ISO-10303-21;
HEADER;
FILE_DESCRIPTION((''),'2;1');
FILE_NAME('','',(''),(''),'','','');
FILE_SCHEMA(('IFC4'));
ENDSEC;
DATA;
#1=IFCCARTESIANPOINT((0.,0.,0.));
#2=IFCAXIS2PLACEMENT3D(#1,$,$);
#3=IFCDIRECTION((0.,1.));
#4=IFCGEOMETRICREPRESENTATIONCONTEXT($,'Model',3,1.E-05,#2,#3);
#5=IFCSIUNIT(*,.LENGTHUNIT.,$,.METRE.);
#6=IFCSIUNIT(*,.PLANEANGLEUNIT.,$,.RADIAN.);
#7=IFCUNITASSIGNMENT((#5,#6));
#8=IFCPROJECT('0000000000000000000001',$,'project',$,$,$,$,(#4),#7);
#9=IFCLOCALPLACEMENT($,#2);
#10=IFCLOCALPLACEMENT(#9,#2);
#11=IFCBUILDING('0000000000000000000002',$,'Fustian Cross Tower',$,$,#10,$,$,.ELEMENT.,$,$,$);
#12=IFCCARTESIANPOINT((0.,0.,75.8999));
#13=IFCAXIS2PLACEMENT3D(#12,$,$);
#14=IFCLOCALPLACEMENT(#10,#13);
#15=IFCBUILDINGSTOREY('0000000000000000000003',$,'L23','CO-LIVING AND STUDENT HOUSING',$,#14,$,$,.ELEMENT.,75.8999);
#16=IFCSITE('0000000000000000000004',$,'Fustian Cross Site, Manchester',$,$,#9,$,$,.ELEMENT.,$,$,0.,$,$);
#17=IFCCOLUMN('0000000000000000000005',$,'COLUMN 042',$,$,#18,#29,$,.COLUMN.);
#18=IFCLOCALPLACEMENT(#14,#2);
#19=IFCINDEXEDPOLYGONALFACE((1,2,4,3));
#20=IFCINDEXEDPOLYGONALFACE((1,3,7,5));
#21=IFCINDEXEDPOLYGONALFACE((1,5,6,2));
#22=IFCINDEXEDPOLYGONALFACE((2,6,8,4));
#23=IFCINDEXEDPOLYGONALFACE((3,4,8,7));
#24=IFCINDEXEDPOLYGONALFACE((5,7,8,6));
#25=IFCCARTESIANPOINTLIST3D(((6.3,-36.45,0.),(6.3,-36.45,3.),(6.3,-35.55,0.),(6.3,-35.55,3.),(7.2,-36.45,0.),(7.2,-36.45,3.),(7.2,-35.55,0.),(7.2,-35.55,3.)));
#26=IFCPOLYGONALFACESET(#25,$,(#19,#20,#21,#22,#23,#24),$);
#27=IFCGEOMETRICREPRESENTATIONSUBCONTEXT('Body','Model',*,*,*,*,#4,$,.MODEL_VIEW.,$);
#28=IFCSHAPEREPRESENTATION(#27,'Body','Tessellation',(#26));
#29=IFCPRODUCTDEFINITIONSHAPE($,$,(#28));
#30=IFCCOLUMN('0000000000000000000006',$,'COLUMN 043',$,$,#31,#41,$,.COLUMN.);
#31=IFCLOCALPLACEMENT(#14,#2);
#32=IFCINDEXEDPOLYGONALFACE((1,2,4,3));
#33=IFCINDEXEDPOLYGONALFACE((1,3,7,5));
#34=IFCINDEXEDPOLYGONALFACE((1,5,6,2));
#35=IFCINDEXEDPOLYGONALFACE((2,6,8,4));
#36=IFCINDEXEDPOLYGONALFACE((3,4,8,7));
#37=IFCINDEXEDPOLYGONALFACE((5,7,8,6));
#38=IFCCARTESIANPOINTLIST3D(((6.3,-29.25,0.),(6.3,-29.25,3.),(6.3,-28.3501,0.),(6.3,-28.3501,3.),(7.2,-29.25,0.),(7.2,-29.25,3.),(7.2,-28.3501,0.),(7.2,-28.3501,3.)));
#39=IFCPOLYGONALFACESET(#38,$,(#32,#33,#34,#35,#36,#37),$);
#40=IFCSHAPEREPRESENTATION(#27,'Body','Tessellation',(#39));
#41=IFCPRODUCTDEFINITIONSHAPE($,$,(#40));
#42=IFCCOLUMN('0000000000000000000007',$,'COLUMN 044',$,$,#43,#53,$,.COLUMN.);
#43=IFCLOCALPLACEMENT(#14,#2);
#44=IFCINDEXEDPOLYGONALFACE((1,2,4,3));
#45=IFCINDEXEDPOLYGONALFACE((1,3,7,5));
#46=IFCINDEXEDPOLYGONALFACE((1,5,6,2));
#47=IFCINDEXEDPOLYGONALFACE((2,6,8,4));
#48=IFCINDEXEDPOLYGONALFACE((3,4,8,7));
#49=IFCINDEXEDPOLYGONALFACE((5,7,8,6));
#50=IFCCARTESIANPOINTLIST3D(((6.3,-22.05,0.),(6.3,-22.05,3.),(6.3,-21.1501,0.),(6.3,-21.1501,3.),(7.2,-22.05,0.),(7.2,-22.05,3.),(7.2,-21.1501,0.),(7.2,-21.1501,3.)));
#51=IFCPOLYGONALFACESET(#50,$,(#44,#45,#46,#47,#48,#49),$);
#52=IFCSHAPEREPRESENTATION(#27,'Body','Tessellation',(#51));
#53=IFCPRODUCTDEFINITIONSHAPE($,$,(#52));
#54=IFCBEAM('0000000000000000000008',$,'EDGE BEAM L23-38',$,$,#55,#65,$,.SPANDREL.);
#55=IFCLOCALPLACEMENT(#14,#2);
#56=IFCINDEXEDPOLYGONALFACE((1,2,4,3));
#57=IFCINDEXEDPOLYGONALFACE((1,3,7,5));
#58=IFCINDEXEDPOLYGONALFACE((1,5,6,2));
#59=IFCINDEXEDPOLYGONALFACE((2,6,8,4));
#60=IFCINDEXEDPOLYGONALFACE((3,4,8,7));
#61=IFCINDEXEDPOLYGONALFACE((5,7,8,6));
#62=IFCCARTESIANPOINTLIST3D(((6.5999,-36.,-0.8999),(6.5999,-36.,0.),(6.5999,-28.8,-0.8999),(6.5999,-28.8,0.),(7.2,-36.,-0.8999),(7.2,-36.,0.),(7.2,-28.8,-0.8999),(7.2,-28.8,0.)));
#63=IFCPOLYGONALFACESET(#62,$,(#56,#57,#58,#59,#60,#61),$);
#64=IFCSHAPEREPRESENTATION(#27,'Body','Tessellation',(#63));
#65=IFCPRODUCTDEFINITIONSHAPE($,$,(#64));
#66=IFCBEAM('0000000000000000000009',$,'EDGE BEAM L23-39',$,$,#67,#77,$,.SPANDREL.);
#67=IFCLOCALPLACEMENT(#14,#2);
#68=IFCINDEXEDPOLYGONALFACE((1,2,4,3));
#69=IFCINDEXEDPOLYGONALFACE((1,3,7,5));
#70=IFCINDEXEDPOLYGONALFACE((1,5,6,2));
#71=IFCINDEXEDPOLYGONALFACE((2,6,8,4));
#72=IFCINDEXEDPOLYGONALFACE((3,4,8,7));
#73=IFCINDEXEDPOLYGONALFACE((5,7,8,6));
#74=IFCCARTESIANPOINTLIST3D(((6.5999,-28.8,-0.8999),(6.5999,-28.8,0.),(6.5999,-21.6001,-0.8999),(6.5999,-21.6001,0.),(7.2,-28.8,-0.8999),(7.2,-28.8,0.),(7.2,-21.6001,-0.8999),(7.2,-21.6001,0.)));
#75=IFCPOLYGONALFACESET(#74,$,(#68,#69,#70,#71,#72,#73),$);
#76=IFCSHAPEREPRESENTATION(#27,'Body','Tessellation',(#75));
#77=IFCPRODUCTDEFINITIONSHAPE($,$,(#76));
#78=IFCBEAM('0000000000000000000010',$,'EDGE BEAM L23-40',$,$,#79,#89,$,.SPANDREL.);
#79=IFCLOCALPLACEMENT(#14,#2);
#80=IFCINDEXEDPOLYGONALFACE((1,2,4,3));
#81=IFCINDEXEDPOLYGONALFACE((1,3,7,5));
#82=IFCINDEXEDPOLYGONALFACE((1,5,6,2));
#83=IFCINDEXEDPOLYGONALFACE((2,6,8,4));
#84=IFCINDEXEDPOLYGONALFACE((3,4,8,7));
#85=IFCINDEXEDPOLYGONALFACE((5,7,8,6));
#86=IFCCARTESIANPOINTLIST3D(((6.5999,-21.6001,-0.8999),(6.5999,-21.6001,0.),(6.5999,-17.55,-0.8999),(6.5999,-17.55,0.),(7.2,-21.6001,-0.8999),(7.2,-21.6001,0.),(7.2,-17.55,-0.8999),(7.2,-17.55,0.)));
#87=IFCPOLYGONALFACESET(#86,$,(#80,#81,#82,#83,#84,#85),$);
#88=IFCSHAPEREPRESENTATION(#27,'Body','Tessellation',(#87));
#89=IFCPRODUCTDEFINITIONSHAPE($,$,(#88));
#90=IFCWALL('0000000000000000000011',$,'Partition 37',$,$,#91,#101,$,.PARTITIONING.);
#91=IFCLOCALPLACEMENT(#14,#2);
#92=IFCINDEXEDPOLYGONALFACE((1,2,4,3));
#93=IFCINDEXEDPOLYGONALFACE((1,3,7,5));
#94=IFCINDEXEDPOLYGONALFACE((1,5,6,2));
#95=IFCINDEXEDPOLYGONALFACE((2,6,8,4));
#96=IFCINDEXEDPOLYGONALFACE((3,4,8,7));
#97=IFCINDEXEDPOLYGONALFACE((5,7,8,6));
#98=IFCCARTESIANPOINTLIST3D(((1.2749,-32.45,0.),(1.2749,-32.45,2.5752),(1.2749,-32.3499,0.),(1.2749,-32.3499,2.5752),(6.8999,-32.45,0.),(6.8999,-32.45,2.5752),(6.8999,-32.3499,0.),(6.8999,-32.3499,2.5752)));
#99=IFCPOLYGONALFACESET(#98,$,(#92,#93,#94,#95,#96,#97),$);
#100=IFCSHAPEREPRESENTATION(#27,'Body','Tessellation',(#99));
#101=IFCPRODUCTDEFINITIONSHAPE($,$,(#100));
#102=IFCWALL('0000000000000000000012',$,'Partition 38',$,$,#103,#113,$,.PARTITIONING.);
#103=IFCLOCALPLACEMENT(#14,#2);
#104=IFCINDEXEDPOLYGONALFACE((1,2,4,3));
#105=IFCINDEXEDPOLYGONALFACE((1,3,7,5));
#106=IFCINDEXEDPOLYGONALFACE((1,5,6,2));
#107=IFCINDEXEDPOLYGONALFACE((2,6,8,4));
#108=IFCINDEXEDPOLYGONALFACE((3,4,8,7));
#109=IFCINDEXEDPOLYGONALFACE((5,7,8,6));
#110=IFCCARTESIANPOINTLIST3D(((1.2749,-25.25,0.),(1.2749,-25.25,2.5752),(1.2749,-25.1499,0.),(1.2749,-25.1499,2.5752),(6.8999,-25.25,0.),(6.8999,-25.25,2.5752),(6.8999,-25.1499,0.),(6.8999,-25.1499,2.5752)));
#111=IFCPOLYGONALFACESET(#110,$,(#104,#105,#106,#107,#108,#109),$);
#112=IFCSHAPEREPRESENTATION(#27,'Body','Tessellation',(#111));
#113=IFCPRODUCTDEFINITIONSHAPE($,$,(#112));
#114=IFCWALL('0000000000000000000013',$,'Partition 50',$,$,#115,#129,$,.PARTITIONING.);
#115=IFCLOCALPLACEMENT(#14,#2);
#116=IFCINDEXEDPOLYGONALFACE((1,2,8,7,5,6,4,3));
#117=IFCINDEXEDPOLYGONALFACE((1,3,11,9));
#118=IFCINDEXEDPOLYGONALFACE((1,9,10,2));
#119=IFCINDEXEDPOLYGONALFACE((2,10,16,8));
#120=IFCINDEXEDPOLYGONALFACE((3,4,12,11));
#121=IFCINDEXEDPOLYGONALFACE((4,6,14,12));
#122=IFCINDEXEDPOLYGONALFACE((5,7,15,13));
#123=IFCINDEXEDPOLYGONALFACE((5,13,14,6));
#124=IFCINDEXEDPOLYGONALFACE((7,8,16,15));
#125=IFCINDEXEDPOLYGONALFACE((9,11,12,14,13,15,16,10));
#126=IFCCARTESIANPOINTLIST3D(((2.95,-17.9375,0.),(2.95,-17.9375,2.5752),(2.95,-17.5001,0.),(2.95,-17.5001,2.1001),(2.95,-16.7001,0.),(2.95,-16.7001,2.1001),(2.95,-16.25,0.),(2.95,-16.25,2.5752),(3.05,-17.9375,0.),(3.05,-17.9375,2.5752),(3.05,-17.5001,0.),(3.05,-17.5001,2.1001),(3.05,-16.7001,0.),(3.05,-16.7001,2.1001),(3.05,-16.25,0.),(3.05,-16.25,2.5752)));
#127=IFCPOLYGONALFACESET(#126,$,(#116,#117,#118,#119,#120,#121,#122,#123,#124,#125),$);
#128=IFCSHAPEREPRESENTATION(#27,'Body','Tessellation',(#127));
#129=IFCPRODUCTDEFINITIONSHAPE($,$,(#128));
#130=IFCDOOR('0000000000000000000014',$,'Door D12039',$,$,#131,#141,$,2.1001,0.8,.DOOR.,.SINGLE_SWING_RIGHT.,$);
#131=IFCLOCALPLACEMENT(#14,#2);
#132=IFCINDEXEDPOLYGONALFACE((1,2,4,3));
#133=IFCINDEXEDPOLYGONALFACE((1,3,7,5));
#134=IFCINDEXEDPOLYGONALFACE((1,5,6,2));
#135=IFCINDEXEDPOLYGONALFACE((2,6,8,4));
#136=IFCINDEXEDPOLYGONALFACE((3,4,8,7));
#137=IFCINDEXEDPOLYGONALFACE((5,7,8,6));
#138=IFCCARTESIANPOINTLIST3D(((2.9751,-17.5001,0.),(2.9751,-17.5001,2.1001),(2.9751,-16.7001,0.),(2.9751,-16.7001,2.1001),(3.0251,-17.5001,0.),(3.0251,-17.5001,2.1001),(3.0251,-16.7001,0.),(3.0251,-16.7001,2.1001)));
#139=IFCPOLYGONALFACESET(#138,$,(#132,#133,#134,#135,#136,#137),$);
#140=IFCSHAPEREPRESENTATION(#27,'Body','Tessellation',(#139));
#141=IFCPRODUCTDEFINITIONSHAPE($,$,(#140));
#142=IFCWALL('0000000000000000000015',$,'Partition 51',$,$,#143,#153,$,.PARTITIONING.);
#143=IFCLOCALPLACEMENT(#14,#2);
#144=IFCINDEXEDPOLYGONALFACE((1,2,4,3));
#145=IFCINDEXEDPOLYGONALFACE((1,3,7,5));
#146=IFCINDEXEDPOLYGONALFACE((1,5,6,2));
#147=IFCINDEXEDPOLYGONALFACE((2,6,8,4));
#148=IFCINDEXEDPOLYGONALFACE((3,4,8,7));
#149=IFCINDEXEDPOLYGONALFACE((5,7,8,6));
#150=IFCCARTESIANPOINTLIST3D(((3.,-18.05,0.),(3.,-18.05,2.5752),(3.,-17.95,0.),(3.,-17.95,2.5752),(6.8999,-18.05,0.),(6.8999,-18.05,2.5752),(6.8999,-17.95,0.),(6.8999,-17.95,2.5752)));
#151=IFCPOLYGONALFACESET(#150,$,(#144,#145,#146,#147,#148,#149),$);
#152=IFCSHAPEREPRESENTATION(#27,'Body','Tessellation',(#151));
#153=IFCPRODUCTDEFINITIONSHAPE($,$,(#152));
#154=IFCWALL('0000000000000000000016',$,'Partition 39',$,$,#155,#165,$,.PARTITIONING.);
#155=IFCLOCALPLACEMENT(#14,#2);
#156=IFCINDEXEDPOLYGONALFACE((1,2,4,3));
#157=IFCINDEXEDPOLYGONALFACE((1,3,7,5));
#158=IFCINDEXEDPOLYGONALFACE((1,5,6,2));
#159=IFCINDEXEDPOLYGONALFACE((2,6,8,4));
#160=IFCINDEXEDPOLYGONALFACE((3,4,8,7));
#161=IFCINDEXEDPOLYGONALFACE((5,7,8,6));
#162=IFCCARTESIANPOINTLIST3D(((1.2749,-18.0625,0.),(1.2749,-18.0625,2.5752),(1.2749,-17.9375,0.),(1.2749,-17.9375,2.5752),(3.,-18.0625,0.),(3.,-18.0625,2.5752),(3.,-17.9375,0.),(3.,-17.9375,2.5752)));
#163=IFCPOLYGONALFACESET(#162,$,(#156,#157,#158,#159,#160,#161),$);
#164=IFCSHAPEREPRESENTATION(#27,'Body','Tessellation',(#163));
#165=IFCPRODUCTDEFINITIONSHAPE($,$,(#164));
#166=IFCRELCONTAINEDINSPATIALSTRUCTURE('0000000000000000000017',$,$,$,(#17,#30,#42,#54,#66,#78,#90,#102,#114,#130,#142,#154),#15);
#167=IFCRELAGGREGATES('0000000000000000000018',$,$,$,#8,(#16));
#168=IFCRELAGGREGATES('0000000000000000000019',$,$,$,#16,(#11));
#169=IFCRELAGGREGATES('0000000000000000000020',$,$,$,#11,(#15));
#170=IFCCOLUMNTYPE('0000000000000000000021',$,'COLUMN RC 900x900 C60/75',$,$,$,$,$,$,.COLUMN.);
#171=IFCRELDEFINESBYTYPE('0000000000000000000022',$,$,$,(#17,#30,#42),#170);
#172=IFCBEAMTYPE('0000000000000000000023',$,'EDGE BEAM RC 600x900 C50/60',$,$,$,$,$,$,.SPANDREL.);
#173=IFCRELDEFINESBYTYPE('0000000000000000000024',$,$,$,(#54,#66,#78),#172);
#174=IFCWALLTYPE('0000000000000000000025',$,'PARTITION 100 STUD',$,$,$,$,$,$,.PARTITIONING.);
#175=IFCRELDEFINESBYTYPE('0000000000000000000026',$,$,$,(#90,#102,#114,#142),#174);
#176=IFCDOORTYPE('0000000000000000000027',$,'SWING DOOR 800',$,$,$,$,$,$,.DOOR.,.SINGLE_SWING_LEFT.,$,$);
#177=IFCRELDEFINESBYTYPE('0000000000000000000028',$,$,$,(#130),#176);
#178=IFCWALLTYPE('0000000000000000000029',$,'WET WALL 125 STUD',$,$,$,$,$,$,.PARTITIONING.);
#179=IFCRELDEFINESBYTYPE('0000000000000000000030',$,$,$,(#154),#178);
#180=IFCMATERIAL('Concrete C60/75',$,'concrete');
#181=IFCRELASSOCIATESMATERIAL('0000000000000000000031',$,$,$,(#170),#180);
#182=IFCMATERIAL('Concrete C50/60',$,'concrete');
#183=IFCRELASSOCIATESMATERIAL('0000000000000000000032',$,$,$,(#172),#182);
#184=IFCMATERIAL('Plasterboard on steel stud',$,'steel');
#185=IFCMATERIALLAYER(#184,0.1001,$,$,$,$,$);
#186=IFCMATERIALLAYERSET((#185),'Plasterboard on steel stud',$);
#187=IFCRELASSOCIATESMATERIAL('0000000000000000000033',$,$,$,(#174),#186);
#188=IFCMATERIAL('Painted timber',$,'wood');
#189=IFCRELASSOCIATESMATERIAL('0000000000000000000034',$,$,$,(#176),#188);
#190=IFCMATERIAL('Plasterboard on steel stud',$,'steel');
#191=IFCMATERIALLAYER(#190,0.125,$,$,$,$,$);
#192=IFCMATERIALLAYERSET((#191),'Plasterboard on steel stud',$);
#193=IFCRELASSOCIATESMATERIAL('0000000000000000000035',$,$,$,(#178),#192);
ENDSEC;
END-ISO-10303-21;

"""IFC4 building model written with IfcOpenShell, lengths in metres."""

from ifc_helpers import new_model, si_unit, direction, frame, frame_2d, origin, origin_2d, place, context, subcontext, project, spatial, rectangle, extrude, material, layer, layer_set, material_profile, profile_set, type_object, element, fill, save


model = new_model("IFC4")

# Units and contexts
model_context = context("Model", 3, precision=1e-05, world=origin(), true_north=direction((0.0, 1.0)))
body_context = subcontext(model_context, "Body", "Model", "MODEL_VIEW")
ifc_project = project(units=[si_unit("LENGTHUNIT", "METRE"), si_unit("PLANEANGLEUNIT", "RADIAN")], contexts=[model_context])

# Site, building, storey
site_placement = place(None, origin())
site = spatial("IfcSite", under=ifc_project, at=site_placement, Name="Fustian Cross Site, Manchester", CompositionType="ELEMENT", RefElevation=0.0)
building_placement = place(site_placement, origin())
building = spatial("IfcBuilding", under=site, at=building_placement, Name="Fustian Cross Tower", CompositionType="ELEMENT")
storey_placement = place(building_placement, frame((0.0, 0.0, 75.8999)))
storey = spatial("IfcBuildingStorey", under=building, at=storey_placement, Name="L23", Description="CO-LIVING AND STUDENT HOUSING", CompositionType="ELEMENT", Elevation=75.8999)

# Columns
ifc_material_1 = material(Name="Concrete C60/75", Category="concrete")
ifc_material_profile_1 = material_profile(ifc_material_1, rectangle(XDim=0.8999, YDim=0.8999, at=origin_2d()), Name="RC 900x900")
ifc_profile_set_1 = profile_set([ifc_material_profile_1], Name="Concrete C60/75")
column_type = type_object("IfcColumnType", Name="COLUMN RC 900x900 C60/75", PredefinedType="COLUMN", material=ifc_profile_set_1)
for number, where, z_axis, x_axis, name in (
    (1, (6.75, -36.0, 0.0), (0.0, 0.0, 1.0), (1.0, 0.0, 0.0), "COLUMN 042"),
    (2, (6.75, -28.8, 0.0), (0.0, 0.0, 1.0), (1.0, 0.0, 0.0), "COLUMN 043"),
    (3, (6.75, -21.6001, 0.0), (0.0, 0.0, 1.0), (1.0, 0.0, 0.0), "COLUMN 044"),
):
    element("IfcColumn", number, at=place(storey_placement, frame(where, z_axis=z_axis, x_axis=x_axis)), inside=storey, type_object=column_type, Name=name, PredefinedType="COLUMN", context=body_context, shape_type="SweptSolid", body=[
        extrude(rectangle(XDim=0.8999, YDim=0.8999, at=origin_2d()), origin(), (0.0, 0.0, 1.0), 3.0),
    ])

# Beams
ifc_material_2 = material(Name="Concrete C50/60", Category="concrete")
ifc_material_profile_2 = material_profile(ifc_material_2, rectangle(XDim=0.6001, YDim=0.8999, at=origin_2d()), Name="RC 600x900")
ifc_profile_set_2 = profile_set([ifc_material_profile_2], Name="Concrete C50/60")
beam_type = type_object("IfcBeamType", Name="EDGE BEAM RC 600x900 C50/60", PredefinedType="SPANDREL", material=ifc_profile_set_2)
for number, where, z_axis, x_axis, name in (
    (4, (6.8999, -36.0, -0.45), (0.0, 1.0, 0.0), (-1.0, 0.0, 0.0), "EDGE BEAM L23-38"),
    (5, (6.8999, -28.8, -0.45), (0.0, 1.0, 0.0), (-1.0, 0.0, 0.0), "EDGE BEAM L23-39"),
):
    element("IfcBeam", number, at=place(storey_placement, frame(where, z_axis=z_axis, x_axis=x_axis)), inside=storey, type_object=beam_type, Name=name, PredefinedType="SPANDREL", context=body_context, shape_type="SweptSolid", body=[
        extrude(rectangle(XDim=0.6001, YDim=0.8999, at=origin_2d()), origin(), (0.0, 0.0, 1.0), 7.2),
    ])
beam_placement = place(storey_placement, frame((6.8999, -21.6001, -0.45), z_axis=(0.0, 1.0, 0.0), x_axis=(-1.0, 0.0, 0.0)))
element("IfcBeam", 6, at=beam_placement, inside=storey, type_object=beam_type, Name="EDGE BEAM L23-40", PredefinedType="SPANDREL", context=body_context, shape_type="SweptSolid", body=[
    extrude(rectangle(XDim=0.6001, YDim=0.8999, at=origin_2d()), origin(), (0.0, 0.0, 1.0), 4.05),
])

# Walls
ifc_material_3 = material(Name="Plasterboard on steel stud", Category="steel")
ifc_layer_1 = layer(ifc_material_3, 0.1001)
ifc_layer_set_1 = layer_set([ifc_layer_1], Name="Plasterboard on steel stud")
wall_type_1 = type_object("IfcWallType", Name="PARTITION 100 STUD", PredefinedType="PARTITIONING", material=ifc_layer_set_1)
for number, where, z_axis, x_axis, name in (
    (7, (1.2749, -32.3999, 0.0), (0.0, 0.0, 1.0), (1.0, 0.0, 0.0), "Partition 37"),
    (8, (1.2749, -25.2, 0.0), (0.0, 0.0, 1.0), (1.0, 0.0, 0.0), "Partition 38"),
):
    element("IfcWall", number, at=place(storey_placement, frame(where, z_axis=z_axis, x_axis=x_axis)), inside=storey, type_object=wall_type_1, Name=name, PredefinedType="PARTITIONING", context=body_context, shape_type="SweptSolid", body=[
        extrude(rectangle(XDim=5.625, YDim=0.1001, at=frame_2d((2.8125, 0.0))), origin(), (0.0, 0.0, 1.0), 2.5752),
    ])

# Wall, opening, door
wall_1_placement = place(storey_placement, frame((3.0, -17.9375, 0.0), z_axis=(0.0, 0.0, 1.0), x_axis=(0.0, 1.0, 0.0)))
wall_1 = element("IfcWall", 9, at=wall_1_placement, inside=storey, type_object=wall_type_1, Name="Partition 50", PredefinedType="PARTITIONING", context=body_context, shape_type="SweptSolid", body=[
    extrude(rectangle(XDim=1.6875, YDim=0.1001, at=frame_2d((0.8438, 0.0))), origin(), (0.0, 0.0, 1.0), 2.5752),
])
opening_placement = place(wall_1_placement, frame((0.4375, 0.0, 0.0)))
opening = element("IfcOpeningElement", 10, at=opening_placement, cuts=wall_1, PredefinedType="OPENING", context=body_context, shape_type="SweptSolid", body=[
    extrude(rectangle(XDim=0.8, YDim=2.1001, at=frame_2d((0.3999, 1.05))), frame((0.0, 0.0601, 0.0), z_axis=(0.0, -1.0, 0.0), x_axis=(1.0, 0.0, 0.0)), (0.0, 0.0, 1.0), 0.1201),
])
ifc_material_4 = material(Name="Painted timber", Category="wood")
door_type = type_object("IfcDoorType", Name="SWING DOOR 800", OperationType="SINGLE_SWING_LEFT", PredefinedType="DOOR", material=ifc_material_4)
door_placement = place(opening_placement, origin())
door = element("IfcDoor", 11, at=door_placement, inside=storey, type_object=door_type, Name="Door D12039", OperationType="SINGLE_SWING_RIGHT", OverallHeight=2.1001, OverallWidth=0.8, PredefinedType="DOOR", context=body_context, shape_type="SweptSolid", body=[
    extrude(rectangle(XDim=0.8, YDim=2.1001, at=frame_2d((0.3999, 1.05))), frame((0.0, 0.0249, 0.0), z_axis=(0.0, -1.0, 0.0), x_axis=(1.0, 0.0, 0.0)), (0.0, 0.0, 1.0), 0.05),
])
fill(opening, door)

# Walls
wall_2_placement = place(storey_placement, frame((3.0, -18.0, 0.0), z_axis=(0.0, 0.0, 1.0), x_axis=(1.0, 0.0, 0.0)))
element("IfcWall", 12, at=wall_2_placement, inside=storey, type_object=wall_type_1, Name="Partition 51", PredefinedType="PARTITIONING", context=body_context, shape_type="SweptSolid", body=[
    extrude(rectangle(XDim=3.8999, YDim=0.1001, at=frame_2d((1.95, 0.0))), origin(), (0.0, 0.0, 1.0), 2.5752),
])
ifc_material_5 = material(Name="Plasterboard on steel stud", Category="steel")
ifc_layer_2 = layer(ifc_material_5, 0.125)
ifc_layer_set_2 = layer_set([ifc_layer_2], Name="Plasterboard on steel stud")
wall_type_2 = type_object("IfcWallType", Name="WET WALL 125 STUD", PredefinedType="PARTITIONING", material=ifc_layer_set_2)
wall_3_placement = place(storey_placement, frame((1.2749, -18.0, 0.0), z_axis=(0.0, 0.0, 1.0), x_axis=(1.0, 0.0, 0.0)))
element("IfcWall", 13, at=wall_3_placement, inside=storey, type_object=wall_type_2, Name="Partition 39", PredefinedType="PARTITIONING", context=body_context, shape_type="SweptSolid", body=[
    extrude(rectangle(XDim=1.7251, YDim=0.125, at=frame_2d((0.8625, 0.0))), origin(), (0.0, 0.0, 1.0), 2.5752),
])

save(model, "model.ifc")
